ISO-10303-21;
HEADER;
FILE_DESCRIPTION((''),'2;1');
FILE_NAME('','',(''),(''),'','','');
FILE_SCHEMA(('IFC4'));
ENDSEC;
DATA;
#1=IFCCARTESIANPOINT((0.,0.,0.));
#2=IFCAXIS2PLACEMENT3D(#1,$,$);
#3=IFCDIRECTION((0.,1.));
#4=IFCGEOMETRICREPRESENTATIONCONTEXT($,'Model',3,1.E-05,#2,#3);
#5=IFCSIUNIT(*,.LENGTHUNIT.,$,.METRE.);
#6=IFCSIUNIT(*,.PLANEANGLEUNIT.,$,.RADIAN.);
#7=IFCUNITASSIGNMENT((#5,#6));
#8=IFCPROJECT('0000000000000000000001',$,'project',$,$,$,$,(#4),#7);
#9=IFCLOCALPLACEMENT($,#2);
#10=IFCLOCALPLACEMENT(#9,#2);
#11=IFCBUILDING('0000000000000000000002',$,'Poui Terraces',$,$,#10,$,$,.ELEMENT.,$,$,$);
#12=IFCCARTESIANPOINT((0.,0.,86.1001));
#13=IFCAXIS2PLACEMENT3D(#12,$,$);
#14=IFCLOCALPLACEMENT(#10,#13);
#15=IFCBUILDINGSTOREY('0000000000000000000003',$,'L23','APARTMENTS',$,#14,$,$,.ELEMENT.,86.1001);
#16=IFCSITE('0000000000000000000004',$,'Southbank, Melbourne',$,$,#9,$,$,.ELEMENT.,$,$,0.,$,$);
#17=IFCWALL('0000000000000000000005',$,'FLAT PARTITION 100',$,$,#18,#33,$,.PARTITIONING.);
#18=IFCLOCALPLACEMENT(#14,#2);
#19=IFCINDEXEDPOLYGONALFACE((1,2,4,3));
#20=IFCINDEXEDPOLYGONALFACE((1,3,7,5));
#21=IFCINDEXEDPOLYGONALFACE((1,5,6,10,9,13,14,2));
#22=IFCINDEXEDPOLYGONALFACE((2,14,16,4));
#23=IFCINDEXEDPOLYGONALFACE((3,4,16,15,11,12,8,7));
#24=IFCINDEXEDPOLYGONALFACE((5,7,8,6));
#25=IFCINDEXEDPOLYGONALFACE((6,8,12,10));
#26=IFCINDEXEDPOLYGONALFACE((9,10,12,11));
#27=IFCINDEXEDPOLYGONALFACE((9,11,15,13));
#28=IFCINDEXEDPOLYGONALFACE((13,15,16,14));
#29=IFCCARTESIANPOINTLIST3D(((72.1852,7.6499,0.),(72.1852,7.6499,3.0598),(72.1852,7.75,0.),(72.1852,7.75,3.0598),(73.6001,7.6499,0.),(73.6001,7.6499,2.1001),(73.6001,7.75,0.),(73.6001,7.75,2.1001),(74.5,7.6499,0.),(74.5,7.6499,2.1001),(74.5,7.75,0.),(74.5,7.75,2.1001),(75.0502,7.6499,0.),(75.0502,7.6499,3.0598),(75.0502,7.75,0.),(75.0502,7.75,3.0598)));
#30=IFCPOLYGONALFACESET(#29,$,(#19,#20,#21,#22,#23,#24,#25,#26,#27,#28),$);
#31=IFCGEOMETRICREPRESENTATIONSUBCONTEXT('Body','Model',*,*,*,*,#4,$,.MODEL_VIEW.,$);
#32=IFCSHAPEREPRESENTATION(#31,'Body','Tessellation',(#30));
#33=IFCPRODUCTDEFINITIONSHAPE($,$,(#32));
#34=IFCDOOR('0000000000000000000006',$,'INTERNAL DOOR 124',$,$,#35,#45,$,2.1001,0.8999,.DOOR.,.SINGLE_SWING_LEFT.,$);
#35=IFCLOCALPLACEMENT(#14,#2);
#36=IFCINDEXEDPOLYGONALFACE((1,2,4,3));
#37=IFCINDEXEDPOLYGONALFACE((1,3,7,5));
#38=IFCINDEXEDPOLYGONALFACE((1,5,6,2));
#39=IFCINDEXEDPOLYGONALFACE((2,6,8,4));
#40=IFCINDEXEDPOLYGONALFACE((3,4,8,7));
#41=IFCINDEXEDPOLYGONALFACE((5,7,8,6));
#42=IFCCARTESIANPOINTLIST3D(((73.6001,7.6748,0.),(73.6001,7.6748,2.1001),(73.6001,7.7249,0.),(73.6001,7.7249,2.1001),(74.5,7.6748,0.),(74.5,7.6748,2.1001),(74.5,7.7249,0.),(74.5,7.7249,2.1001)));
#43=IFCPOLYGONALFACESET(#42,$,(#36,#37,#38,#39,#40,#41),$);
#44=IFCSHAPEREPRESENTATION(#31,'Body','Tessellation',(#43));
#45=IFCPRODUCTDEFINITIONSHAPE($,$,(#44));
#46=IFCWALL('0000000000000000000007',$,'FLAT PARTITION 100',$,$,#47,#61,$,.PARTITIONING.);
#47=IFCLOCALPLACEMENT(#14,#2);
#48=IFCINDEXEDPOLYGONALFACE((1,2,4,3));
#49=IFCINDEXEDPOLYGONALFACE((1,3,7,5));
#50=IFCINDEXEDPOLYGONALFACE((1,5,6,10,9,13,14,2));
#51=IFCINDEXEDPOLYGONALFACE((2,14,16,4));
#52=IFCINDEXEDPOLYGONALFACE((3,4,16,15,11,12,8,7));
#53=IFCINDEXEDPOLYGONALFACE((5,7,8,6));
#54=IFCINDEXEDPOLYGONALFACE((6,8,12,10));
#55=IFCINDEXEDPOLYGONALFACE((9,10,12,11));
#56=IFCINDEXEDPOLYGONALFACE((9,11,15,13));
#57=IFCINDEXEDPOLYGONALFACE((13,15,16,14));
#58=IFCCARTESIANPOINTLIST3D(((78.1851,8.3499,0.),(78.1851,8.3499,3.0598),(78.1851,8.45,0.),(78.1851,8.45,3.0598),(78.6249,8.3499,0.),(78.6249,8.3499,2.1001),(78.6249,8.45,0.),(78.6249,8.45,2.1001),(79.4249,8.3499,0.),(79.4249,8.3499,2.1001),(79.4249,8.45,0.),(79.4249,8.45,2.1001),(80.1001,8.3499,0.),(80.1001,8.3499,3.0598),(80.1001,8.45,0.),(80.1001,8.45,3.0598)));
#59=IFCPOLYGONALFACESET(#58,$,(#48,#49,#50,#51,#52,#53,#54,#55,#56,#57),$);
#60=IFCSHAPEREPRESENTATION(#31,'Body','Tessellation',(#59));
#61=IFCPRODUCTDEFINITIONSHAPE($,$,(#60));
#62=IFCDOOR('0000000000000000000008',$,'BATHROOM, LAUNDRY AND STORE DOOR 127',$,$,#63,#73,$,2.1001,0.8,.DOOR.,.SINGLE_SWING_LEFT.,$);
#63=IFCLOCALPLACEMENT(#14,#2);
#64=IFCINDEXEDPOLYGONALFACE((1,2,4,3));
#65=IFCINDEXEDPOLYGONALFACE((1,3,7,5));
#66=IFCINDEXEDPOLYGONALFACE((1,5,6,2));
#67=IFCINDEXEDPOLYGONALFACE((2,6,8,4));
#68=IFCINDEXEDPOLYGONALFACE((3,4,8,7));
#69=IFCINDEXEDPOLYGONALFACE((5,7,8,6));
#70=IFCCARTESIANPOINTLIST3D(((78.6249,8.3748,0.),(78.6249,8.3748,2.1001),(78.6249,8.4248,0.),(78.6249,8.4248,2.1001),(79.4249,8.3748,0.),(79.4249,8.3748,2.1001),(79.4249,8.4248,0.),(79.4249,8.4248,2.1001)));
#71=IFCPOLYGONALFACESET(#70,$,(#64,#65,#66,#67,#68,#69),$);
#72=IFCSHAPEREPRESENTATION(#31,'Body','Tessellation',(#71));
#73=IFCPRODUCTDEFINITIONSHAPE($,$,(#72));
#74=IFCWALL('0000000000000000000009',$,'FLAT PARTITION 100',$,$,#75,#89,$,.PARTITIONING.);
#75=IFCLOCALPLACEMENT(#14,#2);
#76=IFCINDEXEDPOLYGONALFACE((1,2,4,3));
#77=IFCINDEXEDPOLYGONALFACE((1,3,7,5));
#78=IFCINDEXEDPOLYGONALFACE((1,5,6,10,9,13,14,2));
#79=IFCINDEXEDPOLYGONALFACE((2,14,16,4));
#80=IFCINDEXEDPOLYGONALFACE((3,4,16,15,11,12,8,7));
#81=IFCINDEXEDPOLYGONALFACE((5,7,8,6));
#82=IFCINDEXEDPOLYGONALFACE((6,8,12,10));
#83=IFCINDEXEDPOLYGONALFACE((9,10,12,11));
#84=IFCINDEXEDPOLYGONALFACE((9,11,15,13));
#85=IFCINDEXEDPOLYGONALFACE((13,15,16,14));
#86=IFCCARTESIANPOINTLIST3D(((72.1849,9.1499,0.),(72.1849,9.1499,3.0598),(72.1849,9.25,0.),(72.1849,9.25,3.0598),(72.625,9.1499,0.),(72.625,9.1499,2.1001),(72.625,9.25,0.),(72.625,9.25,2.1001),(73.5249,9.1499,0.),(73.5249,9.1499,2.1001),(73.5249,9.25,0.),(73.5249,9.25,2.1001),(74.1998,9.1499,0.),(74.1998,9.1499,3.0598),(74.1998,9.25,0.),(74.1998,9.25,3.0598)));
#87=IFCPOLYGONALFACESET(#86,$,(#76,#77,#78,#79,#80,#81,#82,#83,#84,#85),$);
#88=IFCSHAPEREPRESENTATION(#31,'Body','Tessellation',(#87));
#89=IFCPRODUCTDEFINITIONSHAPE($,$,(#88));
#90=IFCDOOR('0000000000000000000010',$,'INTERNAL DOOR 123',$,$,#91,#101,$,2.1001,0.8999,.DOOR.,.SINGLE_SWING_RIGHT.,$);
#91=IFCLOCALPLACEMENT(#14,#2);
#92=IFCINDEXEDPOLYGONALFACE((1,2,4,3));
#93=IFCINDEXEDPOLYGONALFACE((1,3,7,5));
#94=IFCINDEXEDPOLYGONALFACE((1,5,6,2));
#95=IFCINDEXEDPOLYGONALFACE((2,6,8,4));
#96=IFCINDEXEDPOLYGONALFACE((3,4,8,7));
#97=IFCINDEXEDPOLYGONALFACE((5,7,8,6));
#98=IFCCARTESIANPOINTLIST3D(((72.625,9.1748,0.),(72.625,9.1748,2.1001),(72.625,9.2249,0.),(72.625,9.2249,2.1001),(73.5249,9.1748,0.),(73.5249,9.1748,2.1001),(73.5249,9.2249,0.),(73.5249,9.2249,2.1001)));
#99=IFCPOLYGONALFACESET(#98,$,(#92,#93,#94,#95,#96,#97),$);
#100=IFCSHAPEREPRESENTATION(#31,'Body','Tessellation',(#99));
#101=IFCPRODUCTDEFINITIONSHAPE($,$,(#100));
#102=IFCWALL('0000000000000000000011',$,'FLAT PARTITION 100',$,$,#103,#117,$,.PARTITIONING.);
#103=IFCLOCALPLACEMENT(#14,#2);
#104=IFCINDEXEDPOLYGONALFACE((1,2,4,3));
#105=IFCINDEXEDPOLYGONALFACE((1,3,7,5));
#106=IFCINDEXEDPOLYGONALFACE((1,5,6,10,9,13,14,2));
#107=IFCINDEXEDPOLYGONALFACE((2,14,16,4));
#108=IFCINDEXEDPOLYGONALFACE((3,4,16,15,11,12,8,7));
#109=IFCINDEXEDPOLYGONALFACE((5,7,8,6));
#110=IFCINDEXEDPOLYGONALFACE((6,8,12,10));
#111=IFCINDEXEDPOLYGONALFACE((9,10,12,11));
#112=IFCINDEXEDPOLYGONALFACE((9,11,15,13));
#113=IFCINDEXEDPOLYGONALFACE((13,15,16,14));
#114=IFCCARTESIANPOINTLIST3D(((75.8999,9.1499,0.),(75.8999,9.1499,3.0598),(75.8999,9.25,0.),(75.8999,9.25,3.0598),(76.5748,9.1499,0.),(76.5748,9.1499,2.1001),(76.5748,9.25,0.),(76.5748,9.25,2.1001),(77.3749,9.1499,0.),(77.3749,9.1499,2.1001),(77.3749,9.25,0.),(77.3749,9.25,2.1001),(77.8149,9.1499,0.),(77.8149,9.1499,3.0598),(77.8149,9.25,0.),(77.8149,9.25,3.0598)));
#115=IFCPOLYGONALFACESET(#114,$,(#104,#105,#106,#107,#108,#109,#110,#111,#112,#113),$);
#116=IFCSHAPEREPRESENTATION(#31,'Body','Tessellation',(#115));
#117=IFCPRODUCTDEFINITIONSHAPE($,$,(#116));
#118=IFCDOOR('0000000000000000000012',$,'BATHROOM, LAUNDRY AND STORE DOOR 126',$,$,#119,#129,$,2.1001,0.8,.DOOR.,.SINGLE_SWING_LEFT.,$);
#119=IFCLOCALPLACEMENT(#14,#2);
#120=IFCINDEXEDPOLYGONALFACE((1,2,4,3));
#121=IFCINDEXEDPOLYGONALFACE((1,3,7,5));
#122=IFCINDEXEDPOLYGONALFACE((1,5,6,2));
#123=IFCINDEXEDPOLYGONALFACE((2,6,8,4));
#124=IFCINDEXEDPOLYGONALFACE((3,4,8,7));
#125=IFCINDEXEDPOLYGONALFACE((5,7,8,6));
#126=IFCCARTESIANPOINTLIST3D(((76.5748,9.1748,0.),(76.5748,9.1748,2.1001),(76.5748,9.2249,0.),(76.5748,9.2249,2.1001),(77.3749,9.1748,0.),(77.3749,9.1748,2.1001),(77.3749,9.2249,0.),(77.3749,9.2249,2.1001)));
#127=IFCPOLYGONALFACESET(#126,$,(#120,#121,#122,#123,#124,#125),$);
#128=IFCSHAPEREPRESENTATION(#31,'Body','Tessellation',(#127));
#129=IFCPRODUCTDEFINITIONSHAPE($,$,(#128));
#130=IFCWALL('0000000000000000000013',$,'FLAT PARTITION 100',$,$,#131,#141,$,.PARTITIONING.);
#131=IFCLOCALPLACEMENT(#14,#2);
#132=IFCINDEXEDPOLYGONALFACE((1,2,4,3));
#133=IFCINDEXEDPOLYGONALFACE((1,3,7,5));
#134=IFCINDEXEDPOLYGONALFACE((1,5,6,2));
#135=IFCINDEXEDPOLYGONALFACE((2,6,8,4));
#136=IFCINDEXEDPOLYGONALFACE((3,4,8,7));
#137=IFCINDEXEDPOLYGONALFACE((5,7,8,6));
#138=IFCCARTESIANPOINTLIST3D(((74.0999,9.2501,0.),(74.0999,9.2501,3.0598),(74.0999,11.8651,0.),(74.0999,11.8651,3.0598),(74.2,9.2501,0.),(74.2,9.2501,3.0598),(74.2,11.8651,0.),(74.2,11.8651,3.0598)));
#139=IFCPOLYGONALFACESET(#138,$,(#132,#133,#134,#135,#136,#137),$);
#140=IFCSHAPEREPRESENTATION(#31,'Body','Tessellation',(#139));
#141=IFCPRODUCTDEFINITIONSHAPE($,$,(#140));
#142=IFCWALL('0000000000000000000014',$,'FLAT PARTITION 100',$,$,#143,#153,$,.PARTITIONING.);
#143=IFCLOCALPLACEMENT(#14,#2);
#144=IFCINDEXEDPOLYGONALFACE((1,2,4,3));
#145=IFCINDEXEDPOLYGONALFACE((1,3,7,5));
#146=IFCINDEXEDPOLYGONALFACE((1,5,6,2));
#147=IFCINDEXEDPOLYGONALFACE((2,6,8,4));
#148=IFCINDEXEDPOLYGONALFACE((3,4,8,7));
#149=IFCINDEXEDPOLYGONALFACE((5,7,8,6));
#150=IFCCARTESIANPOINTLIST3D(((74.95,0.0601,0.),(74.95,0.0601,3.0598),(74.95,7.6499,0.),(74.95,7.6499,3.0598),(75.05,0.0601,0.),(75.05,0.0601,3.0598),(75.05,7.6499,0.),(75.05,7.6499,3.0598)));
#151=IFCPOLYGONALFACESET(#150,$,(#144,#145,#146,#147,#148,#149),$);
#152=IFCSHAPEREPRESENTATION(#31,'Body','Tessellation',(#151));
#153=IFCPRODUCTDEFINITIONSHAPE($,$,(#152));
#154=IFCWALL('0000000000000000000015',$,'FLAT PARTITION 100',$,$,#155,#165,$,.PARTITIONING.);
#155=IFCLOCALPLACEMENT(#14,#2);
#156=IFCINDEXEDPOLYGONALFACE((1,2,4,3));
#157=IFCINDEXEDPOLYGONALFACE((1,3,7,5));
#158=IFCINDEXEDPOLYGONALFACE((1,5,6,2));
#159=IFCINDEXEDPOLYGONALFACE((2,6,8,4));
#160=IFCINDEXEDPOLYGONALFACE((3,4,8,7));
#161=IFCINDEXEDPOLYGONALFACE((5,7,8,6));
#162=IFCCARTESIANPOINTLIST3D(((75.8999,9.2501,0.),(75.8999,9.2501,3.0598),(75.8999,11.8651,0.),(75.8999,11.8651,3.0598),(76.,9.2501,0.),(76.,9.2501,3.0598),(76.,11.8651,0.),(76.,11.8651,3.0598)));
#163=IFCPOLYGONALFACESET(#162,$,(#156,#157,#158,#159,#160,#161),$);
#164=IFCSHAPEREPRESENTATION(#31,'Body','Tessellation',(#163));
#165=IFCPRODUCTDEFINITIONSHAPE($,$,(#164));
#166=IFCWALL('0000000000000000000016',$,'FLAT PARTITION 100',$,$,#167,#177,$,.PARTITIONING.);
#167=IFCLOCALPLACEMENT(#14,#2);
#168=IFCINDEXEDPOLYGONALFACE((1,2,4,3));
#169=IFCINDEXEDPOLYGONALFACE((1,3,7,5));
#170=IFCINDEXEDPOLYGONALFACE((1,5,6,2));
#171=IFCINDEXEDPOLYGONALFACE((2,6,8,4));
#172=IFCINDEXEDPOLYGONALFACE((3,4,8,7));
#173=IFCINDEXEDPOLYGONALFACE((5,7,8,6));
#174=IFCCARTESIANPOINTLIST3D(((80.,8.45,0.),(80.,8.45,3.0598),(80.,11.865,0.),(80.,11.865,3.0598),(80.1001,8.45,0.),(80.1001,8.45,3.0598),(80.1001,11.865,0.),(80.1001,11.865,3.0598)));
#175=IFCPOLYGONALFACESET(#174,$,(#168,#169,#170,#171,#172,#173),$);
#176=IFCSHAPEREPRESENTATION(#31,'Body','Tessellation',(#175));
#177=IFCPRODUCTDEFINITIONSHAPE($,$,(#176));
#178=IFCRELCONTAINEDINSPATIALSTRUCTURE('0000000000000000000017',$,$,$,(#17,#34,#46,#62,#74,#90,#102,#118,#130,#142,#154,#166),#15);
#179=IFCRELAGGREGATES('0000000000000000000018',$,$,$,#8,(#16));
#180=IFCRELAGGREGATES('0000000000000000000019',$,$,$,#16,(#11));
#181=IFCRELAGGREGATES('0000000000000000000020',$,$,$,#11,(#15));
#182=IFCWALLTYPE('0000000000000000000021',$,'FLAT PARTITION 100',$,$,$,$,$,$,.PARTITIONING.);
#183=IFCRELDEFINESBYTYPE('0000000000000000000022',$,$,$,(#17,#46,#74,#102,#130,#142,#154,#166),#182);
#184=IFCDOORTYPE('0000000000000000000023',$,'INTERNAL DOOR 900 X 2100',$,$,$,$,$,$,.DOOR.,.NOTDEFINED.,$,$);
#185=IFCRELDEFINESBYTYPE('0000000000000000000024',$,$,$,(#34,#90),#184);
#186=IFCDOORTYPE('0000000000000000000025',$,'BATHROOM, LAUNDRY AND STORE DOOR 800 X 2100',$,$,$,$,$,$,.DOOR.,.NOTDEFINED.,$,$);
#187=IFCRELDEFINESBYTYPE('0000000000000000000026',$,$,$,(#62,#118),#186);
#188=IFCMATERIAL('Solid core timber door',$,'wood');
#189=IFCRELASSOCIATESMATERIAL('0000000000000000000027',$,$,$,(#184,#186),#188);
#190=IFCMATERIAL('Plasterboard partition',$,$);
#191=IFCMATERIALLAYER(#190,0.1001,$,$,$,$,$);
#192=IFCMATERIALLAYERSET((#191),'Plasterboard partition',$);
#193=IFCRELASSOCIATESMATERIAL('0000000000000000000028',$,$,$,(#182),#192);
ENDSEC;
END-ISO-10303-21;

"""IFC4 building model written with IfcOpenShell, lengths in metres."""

from ifc_helpers import new_model, si_unit, direction, frame, frame_2d, origin, place, context, subcontext, project, spatial, rectangle, extrude, material, layer, layer_set, type_object, element, fill, save


model = new_model("IFC4")

# Units and contexts
model_context = context("Model", 3, precision=1e-05, world=origin(), true_north=direction((0.0, 1.0)))
body_context = subcontext(model_context, "Body", "Model", "MODEL_VIEW")
ifc_project = project(units=[si_unit("LENGTHUNIT", "METRE"), si_unit("PLANEANGLEUNIT", "RADIAN")], contexts=[model_context])

# Site, building, storey
site_placement = place(None, origin())
site = spatial("IfcSite", under=ifc_project, at=site_placement, Name="Southbank, Melbourne", CompositionType="ELEMENT", RefElevation=0.0)
building_placement = place(site_placement, origin())
building = spatial("IfcBuilding", under=site, at=building_placement, Name="Poui Terraces", CompositionType="ELEMENT")
storey_placement = place(building_placement, frame((0.0, 0.0, 86.1001)))
storey = spatial("IfcBuildingStorey", under=building, at=storey_placement, Name="L23", Description="APARTMENTS", CompositionType="ELEMENT", Elevation=86.1001)

# Shared definitions
ifc_material_1 = material(Name="Solid core timber door", Category="wood")
door_type_1 = type_object("IfcDoorType", Name="INTERNAL DOOR 900 X 2100", OperationType="NOTDEFINED", PredefinedType="DOOR", material=ifc_material_1)

# Walls, openings, doors
ifc_material_2 = material(Name="Plasterboard partition")
ifc_layer_1 = layer(ifc_material_2, 0.1001)
ifc_layer_set_1 = layer_set([ifc_layer_1], Name="Plasterboard partition")
wall_type_1 = type_object("IfcWallType", Name="FLAT PARTITION 100", PredefinedType="PARTITIONING", material=ifc_layer_set_1)
wall_1_placement = place(storey_placement, frame((72.1851, 7.7, 0.0), z_axis=(0.0, 0.0, 1.0), x_axis=(1.0, 0.0, 0.0)))
wall_1 = element("IfcWall", 1, at=wall_1_placement, inside=storey, type_object=wall_type_1, Name="FLAT PARTITION 100", PredefinedType="PARTITIONING", context=body_context, shape_type="SweptSolid", body=[
    extrude(rectangle(XDim=2.865, YDim=0.1001, at=frame_2d((1.4326, 0.0))), origin(), (0.0, 0.0, 1.0), 3.0598),
])
opening_1_placement = place(wall_1_placement, frame((1.415, 0.0, 0.0)))
opening_1 = element("IfcOpeningElement", 2, at=opening_1_placement, cuts=wall_1, PredefinedType="OPENING", context=body_context, shape_type="SweptSolid", body=[
    extrude(rectangle(XDim=0.8999, YDim=2.1001, at=frame_2d((0.45, 1.05))), frame((0.0, 0.0601, 0.0), z_axis=(0.0, -1.0, 0.0), x_axis=(1.0, 0.0, 0.0)), (0.0, 0.0, 1.0), 0.1201),
])
door_1_placement = place(opening_1_placement, origin())
door_1 = element("IfcDoor", 3, at=door_1_placement, inside=storey, type_object=door_type_1, Name="INTERNAL DOOR 124", OperationType="SINGLE_SWING_LEFT", OverallHeight=2.1001, OverallWidth=0.8999, PredefinedType="DOOR", context=body_context, shape_type="SweptSolid", body=[
    extrude(rectangle(XDim=0.8999, YDim=2.1001, at=frame_2d((0.45, 1.05))), frame((0.0, 0.0249, 0.0), z_axis=(0.0, -1.0, 0.0), x_axis=(1.0, 0.0, 0.0)), (0.0, 0.0, 1.0), 0.05),
])
fill(opening_1, door_1)
wall_2_placement = place(storey_placement, frame((78.1851, 8.3999, 0.0), z_axis=(0.0, 0.0, 1.0), x_axis=(1.0, 0.0, 0.0)))
wall_2 = element("IfcWall", 4, at=wall_2_placement, inside=storey, type_object=wall_type_1, Name="FLAT PARTITION 100", PredefinedType="PARTITIONING", context=body_context, shape_type="SweptSolid", body=[
    extrude(rectangle(XDim=1.915, YDim=0.1001, at=frame_2d((0.9575, 0.0))), origin(), (0.0, 0.0, 1.0), 3.0598),
])
opening_2_placement = place(wall_2_placement, frame((0.4399, 0.0, 0.0)))
opening_2 = element("IfcOpeningElement", 5, at=opening_2_placement, cuts=wall_2, PredefinedType="OPENING", context=body_context, shape_type="SweptSolid", body=[
    extrude(rectangle(XDim=0.8, YDim=2.1001, at=frame_2d((0.3999, 1.05))), frame((0.0, 0.0601, 0.0), z_axis=(0.0, -1.0, 0.0), x_axis=(1.0, 0.0, 0.0)), (0.0, 0.0, 1.0), 0.1201),
])
door_type_2 = type_object("IfcDoorType", Name="BATHROOM, LAUNDRY AND STORE DOOR 800 X 2100", OperationType="NOTDEFINED", PredefinedType="DOOR", material=ifc_material_1)
door_2_placement = place(opening_2_placement, origin())
door_2 = element("IfcDoor", 6, at=door_2_placement, inside=storey, type_object=door_type_2, Name="BATHROOM, LAUNDRY AND STORE DOOR 127", OperationType="SINGLE_SWING_LEFT", OverallHeight=2.1001, OverallWidth=0.8, PredefinedType="DOOR", context=body_context, shape_type="SweptSolid", body=[
    extrude(rectangle(XDim=0.8, YDim=2.1001, at=frame_2d((0.3999, 1.05))), frame((0.0, 0.0249, 0.0), z_axis=(0.0, -1.0, 0.0), x_axis=(1.0, 0.0, 0.0)), (0.0, 0.0, 1.0), 0.05),
])
fill(opening_2, door_2)
wall_3_placement = place(storey_placement, frame((72.1851, 9.2, 0.0), z_axis=(0.0, 0.0, 1.0), x_axis=(1.0, 0.0, 0.0)))
wall_3 = element("IfcWall", 7, at=wall_3_placement, inside=storey, type_object=wall_type_1, Name="FLAT PARTITION 100", PredefinedType="PARTITIONING", context=body_context, shape_type="SweptSolid", body=[
    extrude(rectangle(XDim=2.0149, YDim=0.1001, at=frame_2d((1.0073, 0.0))), origin(), (0.0, 0.0, 1.0), 3.0598),
])
opening_3_placement = place(wall_3_placement, frame((0.4399, 0.0, 0.0)))
opening_3 = element("IfcOpeningElement", 8, at=opening_3_placement, cuts=wall_3, PredefinedType="OPENING", context=body_context, shape_type="SweptSolid", body=[
    extrude(rectangle(XDim=0.8999, YDim=2.1001, at=frame_2d((0.45, 1.05))), frame((0.0, 0.0601, 0.0), z_axis=(0.0, -1.0, 0.0), x_axis=(1.0, 0.0, 0.0)), (0.0, 0.0, 1.0), 0.1201),
])
door_3_placement = place(opening_3_placement, origin())
door_3 = element("IfcDoor", 9, at=door_3_placement, inside=storey, type_object=door_type_1, Name="INTERNAL DOOR 123", OperationType="SINGLE_SWING_RIGHT", OverallHeight=2.1001, OverallWidth=0.8999, PredefinedType="DOOR", context=body_context, shape_type="SweptSolid", body=[
    extrude(rectangle(XDim=0.8999, YDim=2.1001, at=frame_2d((0.45, 1.05))), frame((0.0, 0.0249, 0.0), z_axis=(0.0, -1.0, 0.0), x_axis=(1.0, 0.0, 0.0)), (0.0, 0.0, 1.0), 0.05),
])
fill(opening_3, door_3)
wall_4_placement = place(storey_placement, frame((75.8999, 9.2, 0.0), z_axis=(0.0, 0.0, 1.0), x_axis=(1.0, 0.0, 0.0)))
wall_4 = element("IfcWall", 10, at=wall_4_placement, inside=storey, type_object=wall_type_1, Name="FLAT PARTITION 100", PredefinedType="PARTITIONING", context=body_context, shape_type="SweptSolid", body=[
    extrude(rectangle(XDim=1.915, YDim=0.1001, at=frame_2d((0.9575, 0.0))), origin(), (0.0, 0.0, 1.0), 3.0598),
])
opening_4_placement = place(wall_4_placement, frame((0.675, 0.0, 0.0)))
opening_4 = element("IfcOpeningElement", 11, at=opening_4_placement, cuts=wall_4, PredefinedType="OPENING", context=body_context, shape_type="SweptSolid", body=[
    extrude(rectangle(XDim=0.8, YDim=2.1001, at=frame_2d((0.3999, 1.05))), frame((0.0, 0.0601, 0.0), z_axis=(0.0, -1.0, 0.0), x_axis=(1.0, 0.0, 0.0)), (0.0, 0.0, 1.0), 0.1201),
])
door_4_placement = place(opening_4_placement, origin())
door_4 = element("IfcDoor", 12, at=door_4_placement, inside=storey, type_object=door_type_2, Name="BATHROOM, LAUNDRY AND STORE DOOR 126", OperationType="SINGLE_SWING_LEFT", OverallHeight=2.1001, OverallWidth=0.8, PredefinedType="DOOR", context=body_context, shape_type="SweptSolid", body=[
    extrude(rectangle(XDim=0.8, YDim=2.1001, at=frame_2d((0.3999, 1.05))), frame((0.0, 0.0249, 0.0), z_axis=(0.0, -1.0, 0.0), x_axis=(1.0, 0.0, 0.0)), (0.0, 0.0, 1.0), 0.05),
])
fill(opening_4, door_4)

# Walls
wall_5_placement = place(storey_placement, frame((74.1499, 9.25, 0.0), z_axis=(0.0, 0.0, 1.0), x_axis=(0.0, 1.0, 0.0)))
element("IfcWall", 13, at=wall_5_placement, inside=storey, type_object=wall_type_1, Name="FLAT PARTITION 100", PredefinedType="PARTITIONING", context=body_context, shape_type="SweptSolid", body=[
    extrude(rectangle(XDim=2.615, YDim=0.1001, at=frame_2d((1.3076, 0.0))), origin(), (0.0, 0.0, 1.0), 3.0598),
])
wall_6_placement = place(storey_placement, frame((75.0, 0.0601, 0.0), z_axis=(0.0, 0.0, 1.0), x_axis=(0.0, 1.0, 0.0)))
element("IfcWall", 14, at=wall_6_placement, inside=storey, type_object=wall_type_1, Name="FLAT PARTITION 100", PredefinedType="PARTITIONING", context=body_context, shape_type="SweptSolid", body=[
    extrude(rectangle(XDim=7.5898, YDim=0.1001, at=frame_2d((3.7949, 0.0))), origin(), (0.0, 0.0, 1.0), 3.0598),
])
wall_7_placement = place(storey_placement, frame((75.95, 9.25, 0.0), z_axis=(0.0, 0.0, 1.0), x_axis=(0.0, 1.0, 0.0)))
element("IfcWall", 15, at=wall_7_placement, inside=storey, type_object=wall_type_1, Name="FLAT PARTITION 100", PredefinedType="PARTITIONING", context=body_context, shape_type="SweptSolid", body=[
    extrude(rectangle(XDim=2.615, YDim=0.1001, at=frame_2d((1.3076, 0.0))), origin(), (0.0, 0.0, 1.0), 3.0598),
])
wall_8_placement = place(storey_placement, frame((80.05, 8.45, 0.0), z_axis=(0.0, 0.0, 1.0), x_axis=(0.0, 1.0, 0.0)))
element("IfcWall", 16, at=wall_8_placement, inside=storey, type_object=wall_type_1, Name="FLAT PARTITION 100", PredefinedType="PARTITIONING", context=body_context, shape_type="SweptSolid", body=[
    extrude(rectangle(XDim=3.415, YDim=0.1001, at=frame_2d((1.7075, 0.0))), origin(), (0.0, 0.0, 1.0), 3.0598),
])

save(model, "model.ifc")
